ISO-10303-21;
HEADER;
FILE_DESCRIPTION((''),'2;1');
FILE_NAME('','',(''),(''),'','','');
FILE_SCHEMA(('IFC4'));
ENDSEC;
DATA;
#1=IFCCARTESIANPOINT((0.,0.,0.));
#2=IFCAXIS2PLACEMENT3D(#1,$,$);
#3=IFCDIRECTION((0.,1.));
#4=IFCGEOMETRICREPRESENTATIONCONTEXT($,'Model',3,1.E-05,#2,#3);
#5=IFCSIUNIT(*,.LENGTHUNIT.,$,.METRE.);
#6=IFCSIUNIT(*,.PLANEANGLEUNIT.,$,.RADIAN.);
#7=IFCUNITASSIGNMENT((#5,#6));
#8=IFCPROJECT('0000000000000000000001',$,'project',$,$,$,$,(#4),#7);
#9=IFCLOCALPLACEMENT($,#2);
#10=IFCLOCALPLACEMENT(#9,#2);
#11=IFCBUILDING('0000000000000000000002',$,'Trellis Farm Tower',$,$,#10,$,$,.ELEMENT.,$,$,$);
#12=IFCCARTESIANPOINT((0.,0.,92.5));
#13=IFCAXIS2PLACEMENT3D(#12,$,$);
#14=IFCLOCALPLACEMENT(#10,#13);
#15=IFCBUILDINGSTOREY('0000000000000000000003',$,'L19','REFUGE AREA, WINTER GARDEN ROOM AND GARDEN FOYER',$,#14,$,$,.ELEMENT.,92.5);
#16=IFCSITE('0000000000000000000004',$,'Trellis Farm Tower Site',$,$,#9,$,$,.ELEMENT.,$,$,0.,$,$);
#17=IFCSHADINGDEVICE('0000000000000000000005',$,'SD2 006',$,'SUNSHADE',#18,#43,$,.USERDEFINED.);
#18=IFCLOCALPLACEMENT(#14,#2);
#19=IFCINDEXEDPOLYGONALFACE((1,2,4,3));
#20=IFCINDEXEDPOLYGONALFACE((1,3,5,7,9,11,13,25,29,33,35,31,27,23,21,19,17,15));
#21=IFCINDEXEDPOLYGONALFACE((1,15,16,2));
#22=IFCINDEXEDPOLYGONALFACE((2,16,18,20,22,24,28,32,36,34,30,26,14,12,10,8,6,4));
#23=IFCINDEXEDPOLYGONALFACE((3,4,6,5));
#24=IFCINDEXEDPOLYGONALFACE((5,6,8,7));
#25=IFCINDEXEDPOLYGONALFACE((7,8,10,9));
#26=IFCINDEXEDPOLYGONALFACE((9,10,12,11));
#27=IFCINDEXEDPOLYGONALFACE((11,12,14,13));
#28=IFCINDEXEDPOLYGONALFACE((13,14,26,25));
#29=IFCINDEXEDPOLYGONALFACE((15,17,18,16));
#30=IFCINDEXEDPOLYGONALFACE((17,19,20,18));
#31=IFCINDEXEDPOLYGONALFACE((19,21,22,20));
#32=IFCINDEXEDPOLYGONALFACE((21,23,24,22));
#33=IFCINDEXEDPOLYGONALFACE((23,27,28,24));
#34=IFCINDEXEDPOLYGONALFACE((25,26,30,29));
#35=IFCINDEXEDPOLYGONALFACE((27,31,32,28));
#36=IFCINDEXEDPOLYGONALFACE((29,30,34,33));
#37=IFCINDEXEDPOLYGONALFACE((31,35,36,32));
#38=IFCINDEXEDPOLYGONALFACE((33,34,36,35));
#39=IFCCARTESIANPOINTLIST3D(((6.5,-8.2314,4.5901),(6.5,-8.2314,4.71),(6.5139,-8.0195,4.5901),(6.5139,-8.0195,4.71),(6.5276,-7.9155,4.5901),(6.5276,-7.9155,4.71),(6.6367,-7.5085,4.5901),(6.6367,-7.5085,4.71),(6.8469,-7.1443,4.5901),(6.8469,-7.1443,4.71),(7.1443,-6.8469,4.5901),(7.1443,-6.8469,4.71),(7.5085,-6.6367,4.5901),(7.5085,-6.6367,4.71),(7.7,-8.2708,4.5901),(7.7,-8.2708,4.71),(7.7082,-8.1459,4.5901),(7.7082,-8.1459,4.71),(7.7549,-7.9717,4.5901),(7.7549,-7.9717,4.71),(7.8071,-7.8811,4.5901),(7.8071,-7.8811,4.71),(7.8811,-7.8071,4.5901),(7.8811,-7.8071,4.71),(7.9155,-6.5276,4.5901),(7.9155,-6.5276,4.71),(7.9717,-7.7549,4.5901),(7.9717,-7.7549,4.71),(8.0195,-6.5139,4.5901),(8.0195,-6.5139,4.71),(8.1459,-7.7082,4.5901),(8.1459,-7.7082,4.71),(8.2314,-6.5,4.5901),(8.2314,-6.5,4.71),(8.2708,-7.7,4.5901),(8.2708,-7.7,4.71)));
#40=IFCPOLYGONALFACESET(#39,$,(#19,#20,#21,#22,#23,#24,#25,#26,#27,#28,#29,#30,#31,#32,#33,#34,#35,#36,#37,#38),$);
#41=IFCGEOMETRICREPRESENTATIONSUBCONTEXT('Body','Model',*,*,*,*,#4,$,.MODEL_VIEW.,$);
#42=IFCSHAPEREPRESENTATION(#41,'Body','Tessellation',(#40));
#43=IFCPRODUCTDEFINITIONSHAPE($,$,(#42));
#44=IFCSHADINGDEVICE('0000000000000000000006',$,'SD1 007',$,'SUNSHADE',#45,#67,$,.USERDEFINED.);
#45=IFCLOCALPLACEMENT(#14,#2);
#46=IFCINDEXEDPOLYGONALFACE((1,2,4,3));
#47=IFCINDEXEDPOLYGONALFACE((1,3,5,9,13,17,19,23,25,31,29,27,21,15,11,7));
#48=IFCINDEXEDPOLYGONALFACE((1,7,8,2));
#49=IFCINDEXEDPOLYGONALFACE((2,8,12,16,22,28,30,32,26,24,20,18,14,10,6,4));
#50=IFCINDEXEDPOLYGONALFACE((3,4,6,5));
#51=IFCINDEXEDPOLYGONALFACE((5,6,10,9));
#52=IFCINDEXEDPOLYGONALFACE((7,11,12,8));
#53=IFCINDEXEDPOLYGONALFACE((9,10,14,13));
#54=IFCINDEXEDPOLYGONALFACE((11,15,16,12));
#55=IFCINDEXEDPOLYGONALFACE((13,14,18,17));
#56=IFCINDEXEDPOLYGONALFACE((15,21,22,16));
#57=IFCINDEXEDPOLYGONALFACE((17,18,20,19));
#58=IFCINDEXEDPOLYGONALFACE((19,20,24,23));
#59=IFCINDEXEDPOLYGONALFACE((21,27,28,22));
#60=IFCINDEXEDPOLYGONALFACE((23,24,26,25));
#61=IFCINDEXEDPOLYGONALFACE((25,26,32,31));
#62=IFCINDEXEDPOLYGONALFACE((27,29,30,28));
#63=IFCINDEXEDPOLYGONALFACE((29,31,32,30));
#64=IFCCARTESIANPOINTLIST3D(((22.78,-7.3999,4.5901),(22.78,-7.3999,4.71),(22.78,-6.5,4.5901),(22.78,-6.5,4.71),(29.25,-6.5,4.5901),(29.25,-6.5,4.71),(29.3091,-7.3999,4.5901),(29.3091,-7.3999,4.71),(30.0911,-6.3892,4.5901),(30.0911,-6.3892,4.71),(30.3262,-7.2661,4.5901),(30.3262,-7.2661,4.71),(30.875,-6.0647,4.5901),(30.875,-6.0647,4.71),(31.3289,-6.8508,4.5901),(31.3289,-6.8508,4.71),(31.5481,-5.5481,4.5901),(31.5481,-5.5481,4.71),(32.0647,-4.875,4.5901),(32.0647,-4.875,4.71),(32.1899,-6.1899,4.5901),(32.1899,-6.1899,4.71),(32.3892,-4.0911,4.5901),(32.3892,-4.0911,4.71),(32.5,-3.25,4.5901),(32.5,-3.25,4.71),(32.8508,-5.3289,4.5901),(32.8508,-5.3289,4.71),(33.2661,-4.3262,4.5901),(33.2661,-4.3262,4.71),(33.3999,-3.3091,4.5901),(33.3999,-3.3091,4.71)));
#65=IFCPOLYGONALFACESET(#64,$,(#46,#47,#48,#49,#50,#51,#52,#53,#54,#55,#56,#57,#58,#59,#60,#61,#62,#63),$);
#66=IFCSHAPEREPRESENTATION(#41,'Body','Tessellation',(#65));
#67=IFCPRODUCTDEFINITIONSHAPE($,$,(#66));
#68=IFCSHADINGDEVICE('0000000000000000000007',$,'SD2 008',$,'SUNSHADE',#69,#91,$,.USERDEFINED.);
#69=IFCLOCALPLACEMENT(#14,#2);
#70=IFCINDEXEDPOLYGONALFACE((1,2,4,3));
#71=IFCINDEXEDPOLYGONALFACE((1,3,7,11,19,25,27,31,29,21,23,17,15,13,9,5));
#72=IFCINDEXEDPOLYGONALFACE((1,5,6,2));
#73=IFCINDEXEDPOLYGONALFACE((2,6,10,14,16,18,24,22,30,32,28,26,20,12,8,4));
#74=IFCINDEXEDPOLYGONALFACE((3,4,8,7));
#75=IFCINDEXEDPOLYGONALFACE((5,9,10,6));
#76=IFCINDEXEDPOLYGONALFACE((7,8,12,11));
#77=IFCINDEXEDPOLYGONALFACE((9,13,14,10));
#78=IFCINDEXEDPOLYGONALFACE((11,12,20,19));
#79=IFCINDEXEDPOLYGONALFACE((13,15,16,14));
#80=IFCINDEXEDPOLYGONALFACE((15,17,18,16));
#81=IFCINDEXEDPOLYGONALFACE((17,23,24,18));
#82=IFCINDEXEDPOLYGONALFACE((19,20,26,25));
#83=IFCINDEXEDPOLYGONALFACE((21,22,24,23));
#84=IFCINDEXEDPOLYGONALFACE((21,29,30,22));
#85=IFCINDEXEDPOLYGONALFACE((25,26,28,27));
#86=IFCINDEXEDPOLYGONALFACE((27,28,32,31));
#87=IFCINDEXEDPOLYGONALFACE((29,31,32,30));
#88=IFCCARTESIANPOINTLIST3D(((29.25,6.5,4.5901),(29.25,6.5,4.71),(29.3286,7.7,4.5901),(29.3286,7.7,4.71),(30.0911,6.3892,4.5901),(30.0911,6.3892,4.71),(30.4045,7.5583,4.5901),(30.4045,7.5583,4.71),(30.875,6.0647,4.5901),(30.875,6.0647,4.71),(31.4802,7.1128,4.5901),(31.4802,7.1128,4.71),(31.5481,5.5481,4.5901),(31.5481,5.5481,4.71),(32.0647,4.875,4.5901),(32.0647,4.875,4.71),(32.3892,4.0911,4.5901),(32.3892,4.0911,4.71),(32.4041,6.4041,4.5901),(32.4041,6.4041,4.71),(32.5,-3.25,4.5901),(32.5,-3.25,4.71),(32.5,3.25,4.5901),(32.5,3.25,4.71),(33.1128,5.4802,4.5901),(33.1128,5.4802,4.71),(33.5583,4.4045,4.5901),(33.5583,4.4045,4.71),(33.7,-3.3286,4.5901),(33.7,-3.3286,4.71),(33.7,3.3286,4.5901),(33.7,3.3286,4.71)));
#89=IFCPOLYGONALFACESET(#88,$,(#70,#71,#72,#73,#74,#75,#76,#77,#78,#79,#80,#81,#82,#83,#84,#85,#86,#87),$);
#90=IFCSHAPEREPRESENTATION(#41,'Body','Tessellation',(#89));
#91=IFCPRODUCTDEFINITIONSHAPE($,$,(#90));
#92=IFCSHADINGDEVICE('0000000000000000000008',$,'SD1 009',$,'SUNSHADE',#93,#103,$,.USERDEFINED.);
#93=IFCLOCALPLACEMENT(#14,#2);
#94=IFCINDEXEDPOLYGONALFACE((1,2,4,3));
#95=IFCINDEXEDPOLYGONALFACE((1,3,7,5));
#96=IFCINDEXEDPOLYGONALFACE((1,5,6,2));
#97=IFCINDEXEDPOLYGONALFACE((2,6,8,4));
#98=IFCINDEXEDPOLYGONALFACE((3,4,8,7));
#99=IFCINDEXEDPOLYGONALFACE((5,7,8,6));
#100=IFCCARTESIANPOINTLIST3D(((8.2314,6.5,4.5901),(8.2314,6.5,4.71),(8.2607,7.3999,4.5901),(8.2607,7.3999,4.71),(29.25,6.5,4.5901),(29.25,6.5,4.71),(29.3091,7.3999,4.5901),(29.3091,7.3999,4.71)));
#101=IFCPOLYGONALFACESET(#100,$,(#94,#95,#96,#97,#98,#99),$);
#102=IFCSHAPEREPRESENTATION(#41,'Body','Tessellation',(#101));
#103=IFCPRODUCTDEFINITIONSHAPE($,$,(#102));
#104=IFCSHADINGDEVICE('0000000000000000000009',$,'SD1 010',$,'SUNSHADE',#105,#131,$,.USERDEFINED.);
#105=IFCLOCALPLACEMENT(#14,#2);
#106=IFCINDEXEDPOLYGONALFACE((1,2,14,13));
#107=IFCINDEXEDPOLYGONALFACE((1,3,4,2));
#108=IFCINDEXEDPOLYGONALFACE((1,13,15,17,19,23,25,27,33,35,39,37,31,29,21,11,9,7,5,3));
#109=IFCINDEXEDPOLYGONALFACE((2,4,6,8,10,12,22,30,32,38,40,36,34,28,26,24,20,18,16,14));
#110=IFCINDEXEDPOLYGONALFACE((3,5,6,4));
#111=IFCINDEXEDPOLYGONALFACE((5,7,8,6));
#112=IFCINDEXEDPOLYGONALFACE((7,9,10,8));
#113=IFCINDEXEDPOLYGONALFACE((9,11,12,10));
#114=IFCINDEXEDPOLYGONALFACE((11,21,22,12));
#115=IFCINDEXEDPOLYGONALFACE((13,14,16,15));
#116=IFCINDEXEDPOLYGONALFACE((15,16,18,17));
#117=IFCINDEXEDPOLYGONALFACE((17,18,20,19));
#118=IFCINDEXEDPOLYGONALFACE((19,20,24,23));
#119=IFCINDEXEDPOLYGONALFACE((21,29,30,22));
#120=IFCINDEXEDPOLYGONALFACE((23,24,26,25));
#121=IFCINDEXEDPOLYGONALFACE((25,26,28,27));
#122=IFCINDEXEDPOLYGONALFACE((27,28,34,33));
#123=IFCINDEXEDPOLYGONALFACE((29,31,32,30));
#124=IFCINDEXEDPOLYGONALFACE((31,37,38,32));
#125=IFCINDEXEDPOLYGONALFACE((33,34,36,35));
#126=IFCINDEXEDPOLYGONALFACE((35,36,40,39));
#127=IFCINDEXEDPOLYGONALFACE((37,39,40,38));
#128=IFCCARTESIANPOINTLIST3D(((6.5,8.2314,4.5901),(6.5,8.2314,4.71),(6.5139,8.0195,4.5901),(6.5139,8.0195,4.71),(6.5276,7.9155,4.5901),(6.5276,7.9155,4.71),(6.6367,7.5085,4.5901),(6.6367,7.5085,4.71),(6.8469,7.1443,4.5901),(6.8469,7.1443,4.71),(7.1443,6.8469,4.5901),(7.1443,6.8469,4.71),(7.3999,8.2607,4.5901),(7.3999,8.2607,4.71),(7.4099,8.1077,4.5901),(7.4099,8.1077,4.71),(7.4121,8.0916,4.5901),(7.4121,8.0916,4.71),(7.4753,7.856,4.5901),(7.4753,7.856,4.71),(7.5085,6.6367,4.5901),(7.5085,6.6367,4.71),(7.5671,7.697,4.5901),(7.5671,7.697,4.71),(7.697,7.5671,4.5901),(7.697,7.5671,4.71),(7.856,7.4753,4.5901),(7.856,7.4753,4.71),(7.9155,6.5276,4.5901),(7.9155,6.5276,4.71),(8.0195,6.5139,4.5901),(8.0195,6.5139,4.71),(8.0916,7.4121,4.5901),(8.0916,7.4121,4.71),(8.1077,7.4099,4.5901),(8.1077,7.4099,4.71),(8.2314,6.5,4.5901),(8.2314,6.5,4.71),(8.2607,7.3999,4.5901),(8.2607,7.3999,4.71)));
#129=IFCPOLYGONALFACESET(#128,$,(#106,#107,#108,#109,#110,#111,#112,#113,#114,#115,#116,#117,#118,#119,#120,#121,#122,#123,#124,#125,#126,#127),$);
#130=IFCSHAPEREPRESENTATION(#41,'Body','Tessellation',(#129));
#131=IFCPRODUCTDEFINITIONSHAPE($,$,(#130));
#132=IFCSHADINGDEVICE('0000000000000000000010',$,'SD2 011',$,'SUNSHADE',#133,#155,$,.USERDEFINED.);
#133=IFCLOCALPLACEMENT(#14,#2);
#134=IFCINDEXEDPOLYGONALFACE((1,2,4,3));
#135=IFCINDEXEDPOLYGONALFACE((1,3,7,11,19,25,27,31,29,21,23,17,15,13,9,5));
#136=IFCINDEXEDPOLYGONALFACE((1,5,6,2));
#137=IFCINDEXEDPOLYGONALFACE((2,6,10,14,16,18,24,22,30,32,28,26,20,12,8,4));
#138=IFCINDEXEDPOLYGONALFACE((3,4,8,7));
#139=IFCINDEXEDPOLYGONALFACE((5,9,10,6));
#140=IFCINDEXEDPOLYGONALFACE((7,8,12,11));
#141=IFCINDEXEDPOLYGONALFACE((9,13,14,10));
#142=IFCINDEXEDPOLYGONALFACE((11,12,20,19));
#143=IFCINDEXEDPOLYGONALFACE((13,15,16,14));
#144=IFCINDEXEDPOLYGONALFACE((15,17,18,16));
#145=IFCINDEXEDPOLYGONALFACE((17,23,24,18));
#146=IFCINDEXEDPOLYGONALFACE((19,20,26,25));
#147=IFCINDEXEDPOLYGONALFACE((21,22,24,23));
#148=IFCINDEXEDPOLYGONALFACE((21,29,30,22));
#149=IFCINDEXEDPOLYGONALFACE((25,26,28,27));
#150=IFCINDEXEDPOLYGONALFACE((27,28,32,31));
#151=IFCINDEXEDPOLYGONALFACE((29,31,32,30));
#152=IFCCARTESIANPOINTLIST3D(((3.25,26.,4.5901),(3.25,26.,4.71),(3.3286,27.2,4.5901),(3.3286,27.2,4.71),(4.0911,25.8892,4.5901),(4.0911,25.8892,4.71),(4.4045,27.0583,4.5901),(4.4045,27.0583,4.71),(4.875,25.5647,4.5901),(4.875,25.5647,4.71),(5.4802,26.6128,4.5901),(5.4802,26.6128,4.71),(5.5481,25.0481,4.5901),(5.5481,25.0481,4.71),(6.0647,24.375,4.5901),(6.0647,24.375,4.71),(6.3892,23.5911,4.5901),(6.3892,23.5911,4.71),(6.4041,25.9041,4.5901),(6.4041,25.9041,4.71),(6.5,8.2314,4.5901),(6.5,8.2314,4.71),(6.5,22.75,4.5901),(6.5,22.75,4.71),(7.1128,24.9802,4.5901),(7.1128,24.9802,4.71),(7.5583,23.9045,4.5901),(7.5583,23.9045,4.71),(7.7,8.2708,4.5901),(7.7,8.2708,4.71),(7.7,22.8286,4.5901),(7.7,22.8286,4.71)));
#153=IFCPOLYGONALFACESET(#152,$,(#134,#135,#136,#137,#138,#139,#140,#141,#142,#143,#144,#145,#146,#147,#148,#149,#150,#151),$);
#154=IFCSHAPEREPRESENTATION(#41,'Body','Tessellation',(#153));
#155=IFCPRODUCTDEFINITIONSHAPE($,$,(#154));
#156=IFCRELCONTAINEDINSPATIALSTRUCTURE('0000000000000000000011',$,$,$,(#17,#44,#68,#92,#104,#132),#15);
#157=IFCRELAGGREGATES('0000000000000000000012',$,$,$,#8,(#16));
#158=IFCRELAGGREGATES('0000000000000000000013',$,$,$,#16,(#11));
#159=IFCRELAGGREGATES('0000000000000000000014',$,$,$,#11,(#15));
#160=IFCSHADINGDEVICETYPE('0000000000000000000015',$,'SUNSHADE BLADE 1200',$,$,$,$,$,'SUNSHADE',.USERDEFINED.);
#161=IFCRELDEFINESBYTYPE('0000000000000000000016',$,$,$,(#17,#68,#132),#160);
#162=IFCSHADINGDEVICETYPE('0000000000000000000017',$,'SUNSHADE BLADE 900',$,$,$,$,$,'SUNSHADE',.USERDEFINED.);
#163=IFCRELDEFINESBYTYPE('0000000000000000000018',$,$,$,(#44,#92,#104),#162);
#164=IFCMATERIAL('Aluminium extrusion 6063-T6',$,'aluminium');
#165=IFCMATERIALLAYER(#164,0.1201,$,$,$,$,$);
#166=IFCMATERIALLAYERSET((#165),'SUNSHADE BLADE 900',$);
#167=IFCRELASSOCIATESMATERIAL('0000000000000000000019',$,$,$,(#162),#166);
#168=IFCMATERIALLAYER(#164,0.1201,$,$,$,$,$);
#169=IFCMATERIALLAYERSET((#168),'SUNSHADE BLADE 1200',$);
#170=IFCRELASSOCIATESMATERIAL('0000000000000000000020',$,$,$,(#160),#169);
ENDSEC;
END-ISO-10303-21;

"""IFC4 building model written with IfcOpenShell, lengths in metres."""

from ifc_helpers import new_model, si_unit, direction, frame, origin, place, context, subcontext, project, spatial, polyline, outline, extrude, source, transform, mapped, material, layer, layer_set, type_object, element, save


model = new_model("IFC4")

# Units and contexts
model_context = context("Model", 3, precision=1e-05, world=origin(), true_north=direction((0.0, 1.0)))
body_context = subcontext(model_context, "Body", "Model", "MODEL_VIEW")
ifc_project = project(units=[si_unit("LENGTHUNIT", "METRE"), si_unit("PLANEANGLEUNIT", "RADIAN")], contexts=[model_context])

# Site, building, storey
site_placement = place(None, origin())
site = spatial("IfcSite", under=ifc_project, at=site_placement, Name="Trellis Farm Tower Site", CompositionType="ELEMENT", RefElevation=0.0)
building_placement = place(site_placement, origin())
building = spatial("IfcBuilding", under=site, at=building_placement, Name="Trellis Farm Tower", CompositionType="ELEMENT")
storey_placement = place(building_placement, frame((0.0, 0.0, 92.5)))
storey = spatial("IfcBuildingStorey", under=building, at=storey_placement, Name="L19", Description="REFUGE AREA, WINTER GARDEN ROOM AND GARDEN FOYER", CompositionType="ELEMENT", Elevation=92.5)

# Shared definitions
ifc_material_1 = material(Name="Aluminium extrusion 6063-T6", Category="aluminium")

# Shading devices
ifc_layer_1 = layer(ifc_material_1, 0.1201)
ifc_layer_set_1 = layer_set([ifc_layer_1], Name="SUNSHADE BLADE 900")
shading_device_type_1 = type_object("IfcShadingDeviceType", Name="SUNSHADE BLADE 900", ElementType="SUNSHADE", PredefinedType="USERDEFINED", material=ifc_layer_set_1)
placement_1 = place(storey_placement, frame((0.0, 0.0, 4.5901)))
ifc_layer_2 = layer(ifc_material_1, 0.1201)
ifc_layer_set_2 = layer_set([ifc_layer_2], Name="SUNSHADE BLADE 1200")
shading_device_type_2 = type_object("IfcShadingDeviceType", Name="SUNSHADE BLADE 1200", ElementType="SUNSHADE", PredefinedType="USERDEFINED", material=ifc_layer_set_2)
shared_shape_1 = source(origin(), body_context, "Body", "SweptSolid", [
    extrude(outline(polyline([(7.7, -8.2708), (7.7087, -8.1372), (7.707, -8.1501), (7.7549, -7.9717), (7.8071, -7.8811), (7.8811, -7.8071), (7.9717, -7.7549), (8.1501, -7.707), (8.1372, -7.7087), (8.2708, -7.7), (8.2314, -6.5), (8.0195, -6.5139), (7.9155, -6.5276), (7.5085, -6.6367), (7.1443, -6.8469), (6.8469, -7.1443), (6.6367, -7.5085), (6.5276, -7.9155), (6.5139, -8.0195), (6.5, -8.2314), (7.7, -8.2708)])), origin(), (0.0, 0.0, 1.0), 0.1199),
])
element("IfcShadingDevice", 1, at=placement_1, inside=storey, type_object=shading_device_type_2, Name="SD2 006", ObjectType="SUNSHADE", PredefinedType="USERDEFINED", context=body_context, shape_type="MappedRepresentation", body=[
    mapped(shared_shape_1, transform((0.0, 0.0, 0.0))),
])
shared_shape_2 = source(origin(), body_context, "Body", "SweptSolid", [
    extrude(outline(polyline([(22.78, -7.3999), (29.3091, -7.3999), (30.3262, -7.2661), (31.3289, -6.8508), (32.1899, -6.1899), (32.8508, -5.3289), (33.2661, -4.3262), (33.3999, -3.3091), (32.5, -3.25), (32.3892, -4.0911), (32.0647, -4.875), (31.5481, -5.5481), (30.875, -6.0647), (30.0911, -6.3892), (29.25, -6.5), (22.78, -6.5), (22.78, -7.3999)])), origin(), (0.0, 0.0, 1.0), 0.1199),
])
element("IfcShadingDevice", 2, at=placement_1, inside=storey, type_object=shading_device_type_1, Name="SD1 007", ObjectType="SUNSHADE", PredefinedType="USERDEFINED", context=body_context, shape_type="MappedRepresentation", body=[
    mapped(shared_shape_2, transform((0.0, 0.0, 0.0))),
])
shared_shape_3 = source(origin(), body_context, "Body", "SweptSolid", [
    extrude(outline(polyline([(33.7, -3.3286), (33.7, 3.3286), (33.5583, 4.4045), (33.1128, 5.4802), (32.4041, 6.4041), (31.4802, 7.1128), (30.4045, 7.5583), (29.3286, 7.7), (29.25, 6.5), (30.0911, 6.3892), (30.875, 6.0647), (31.5481, 5.5481), (32.0647, 4.875), (32.3892, 4.0911), (32.5, 3.25), (32.5, -3.25), (33.7, -3.3286)])), origin(), (0.0, 0.0, 1.0), 0.1199),
])
element("IfcShadingDevice", 3, at=placement_1, inside=storey, type_object=shading_device_type_2, Name="SD2 008", ObjectType="SUNSHADE", PredefinedType="USERDEFINED", context=body_context, shape_type="MappedRepresentation", body=[
    mapped(shared_shape_3, transform((0.0, 0.0, 0.0))),
])
shared_shape_4 = source(origin(), body_context, "Body", "SweptSolid", [
    extrude(outline(polyline([(29.3091, 7.3999), (8.2607, 7.3999), (8.2314, 6.5), (29.25, 6.5), (29.3091, 7.3999)])), origin(), (0.0, 0.0, 1.0), 0.1199),
])
element("IfcShadingDevice", 4, at=placement_1, inside=storey, type_object=shading_device_type_1, Name="SD1 009", ObjectType="SUNSHADE", PredefinedType="USERDEFINED", context=body_context, shape_type="MappedRepresentation", body=[
    mapped(shared_shape_4, transform((0.0, 0.0, 0.0))),
])
shared_shape_5 = source(origin(), body_context, "Body", "SweptSolid", [
    extrude(outline(polyline([(8.2607, 7.3999), (8.1077, 7.4099), (8.0916, 7.4121), (7.856, 7.4753), (7.697, 7.5671), (7.5671, 7.697), (7.4753, 7.856), (7.4121, 8.0916), (7.4099, 8.1077), (7.3999, 8.2607), (6.5, 8.2314), (6.5139, 8.0195), (6.5276, 7.9155), (6.6367, 7.5085), (6.8469, 7.1443), (7.1443, 6.8469), (7.5085, 6.6367), (7.9155, 6.5276), (8.0195, 6.5139), (8.2314, 6.5), (8.2607, 7.3999)])), origin(), (0.0, 0.0, 1.0), 0.1199),
])
element("IfcShadingDevice", 5, at=placement_1, inside=storey, type_object=shading_device_type_1, Name="SD1 010", ObjectType="SUNSHADE", PredefinedType="USERDEFINED", context=body_context, shape_type="MappedRepresentation", body=[
    mapped(shared_shape_5, transform((0.0, 0.0, 0.0))),
])
shared_shape_6 = source(origin(), body_context, "Body", "SweptSolid", [
    extrude(outline(polyline([(7.7, 8.2708), (7.7, 22.8286), (7.5583, 23.9045), (7.1128, 24.9802), (6.4041, 25.9041), (5.4802, 26.6128), (4.4045, 27.0583), (3.3286, 27.2), (3.25, 26.0), (4.0911, 25.8892), (4.875, 25.5647), (5.5481, 25.0481), (6.0647, 24.375), (6.3892, 23.5911), (6.5, 22.75), (6.5, 8.2314), (7.7, 8.2708)])), origin(), (0.0, 0.0, 1.0), 0.1199),
])
element("IfcShadingDevice", 6, at=placement_1, inside=storey, type_object=shading_device_type_2, Name="SD2 011", ObjectType="SUNSHADE", PredefinedType="USERDEFINED", context=body_context, shape_type="MappedRepresentation", body=[
    mapped(shared_shape_6, transform((0.0, 0.0, 0.0))),
])

save(model, "model.ifc")
